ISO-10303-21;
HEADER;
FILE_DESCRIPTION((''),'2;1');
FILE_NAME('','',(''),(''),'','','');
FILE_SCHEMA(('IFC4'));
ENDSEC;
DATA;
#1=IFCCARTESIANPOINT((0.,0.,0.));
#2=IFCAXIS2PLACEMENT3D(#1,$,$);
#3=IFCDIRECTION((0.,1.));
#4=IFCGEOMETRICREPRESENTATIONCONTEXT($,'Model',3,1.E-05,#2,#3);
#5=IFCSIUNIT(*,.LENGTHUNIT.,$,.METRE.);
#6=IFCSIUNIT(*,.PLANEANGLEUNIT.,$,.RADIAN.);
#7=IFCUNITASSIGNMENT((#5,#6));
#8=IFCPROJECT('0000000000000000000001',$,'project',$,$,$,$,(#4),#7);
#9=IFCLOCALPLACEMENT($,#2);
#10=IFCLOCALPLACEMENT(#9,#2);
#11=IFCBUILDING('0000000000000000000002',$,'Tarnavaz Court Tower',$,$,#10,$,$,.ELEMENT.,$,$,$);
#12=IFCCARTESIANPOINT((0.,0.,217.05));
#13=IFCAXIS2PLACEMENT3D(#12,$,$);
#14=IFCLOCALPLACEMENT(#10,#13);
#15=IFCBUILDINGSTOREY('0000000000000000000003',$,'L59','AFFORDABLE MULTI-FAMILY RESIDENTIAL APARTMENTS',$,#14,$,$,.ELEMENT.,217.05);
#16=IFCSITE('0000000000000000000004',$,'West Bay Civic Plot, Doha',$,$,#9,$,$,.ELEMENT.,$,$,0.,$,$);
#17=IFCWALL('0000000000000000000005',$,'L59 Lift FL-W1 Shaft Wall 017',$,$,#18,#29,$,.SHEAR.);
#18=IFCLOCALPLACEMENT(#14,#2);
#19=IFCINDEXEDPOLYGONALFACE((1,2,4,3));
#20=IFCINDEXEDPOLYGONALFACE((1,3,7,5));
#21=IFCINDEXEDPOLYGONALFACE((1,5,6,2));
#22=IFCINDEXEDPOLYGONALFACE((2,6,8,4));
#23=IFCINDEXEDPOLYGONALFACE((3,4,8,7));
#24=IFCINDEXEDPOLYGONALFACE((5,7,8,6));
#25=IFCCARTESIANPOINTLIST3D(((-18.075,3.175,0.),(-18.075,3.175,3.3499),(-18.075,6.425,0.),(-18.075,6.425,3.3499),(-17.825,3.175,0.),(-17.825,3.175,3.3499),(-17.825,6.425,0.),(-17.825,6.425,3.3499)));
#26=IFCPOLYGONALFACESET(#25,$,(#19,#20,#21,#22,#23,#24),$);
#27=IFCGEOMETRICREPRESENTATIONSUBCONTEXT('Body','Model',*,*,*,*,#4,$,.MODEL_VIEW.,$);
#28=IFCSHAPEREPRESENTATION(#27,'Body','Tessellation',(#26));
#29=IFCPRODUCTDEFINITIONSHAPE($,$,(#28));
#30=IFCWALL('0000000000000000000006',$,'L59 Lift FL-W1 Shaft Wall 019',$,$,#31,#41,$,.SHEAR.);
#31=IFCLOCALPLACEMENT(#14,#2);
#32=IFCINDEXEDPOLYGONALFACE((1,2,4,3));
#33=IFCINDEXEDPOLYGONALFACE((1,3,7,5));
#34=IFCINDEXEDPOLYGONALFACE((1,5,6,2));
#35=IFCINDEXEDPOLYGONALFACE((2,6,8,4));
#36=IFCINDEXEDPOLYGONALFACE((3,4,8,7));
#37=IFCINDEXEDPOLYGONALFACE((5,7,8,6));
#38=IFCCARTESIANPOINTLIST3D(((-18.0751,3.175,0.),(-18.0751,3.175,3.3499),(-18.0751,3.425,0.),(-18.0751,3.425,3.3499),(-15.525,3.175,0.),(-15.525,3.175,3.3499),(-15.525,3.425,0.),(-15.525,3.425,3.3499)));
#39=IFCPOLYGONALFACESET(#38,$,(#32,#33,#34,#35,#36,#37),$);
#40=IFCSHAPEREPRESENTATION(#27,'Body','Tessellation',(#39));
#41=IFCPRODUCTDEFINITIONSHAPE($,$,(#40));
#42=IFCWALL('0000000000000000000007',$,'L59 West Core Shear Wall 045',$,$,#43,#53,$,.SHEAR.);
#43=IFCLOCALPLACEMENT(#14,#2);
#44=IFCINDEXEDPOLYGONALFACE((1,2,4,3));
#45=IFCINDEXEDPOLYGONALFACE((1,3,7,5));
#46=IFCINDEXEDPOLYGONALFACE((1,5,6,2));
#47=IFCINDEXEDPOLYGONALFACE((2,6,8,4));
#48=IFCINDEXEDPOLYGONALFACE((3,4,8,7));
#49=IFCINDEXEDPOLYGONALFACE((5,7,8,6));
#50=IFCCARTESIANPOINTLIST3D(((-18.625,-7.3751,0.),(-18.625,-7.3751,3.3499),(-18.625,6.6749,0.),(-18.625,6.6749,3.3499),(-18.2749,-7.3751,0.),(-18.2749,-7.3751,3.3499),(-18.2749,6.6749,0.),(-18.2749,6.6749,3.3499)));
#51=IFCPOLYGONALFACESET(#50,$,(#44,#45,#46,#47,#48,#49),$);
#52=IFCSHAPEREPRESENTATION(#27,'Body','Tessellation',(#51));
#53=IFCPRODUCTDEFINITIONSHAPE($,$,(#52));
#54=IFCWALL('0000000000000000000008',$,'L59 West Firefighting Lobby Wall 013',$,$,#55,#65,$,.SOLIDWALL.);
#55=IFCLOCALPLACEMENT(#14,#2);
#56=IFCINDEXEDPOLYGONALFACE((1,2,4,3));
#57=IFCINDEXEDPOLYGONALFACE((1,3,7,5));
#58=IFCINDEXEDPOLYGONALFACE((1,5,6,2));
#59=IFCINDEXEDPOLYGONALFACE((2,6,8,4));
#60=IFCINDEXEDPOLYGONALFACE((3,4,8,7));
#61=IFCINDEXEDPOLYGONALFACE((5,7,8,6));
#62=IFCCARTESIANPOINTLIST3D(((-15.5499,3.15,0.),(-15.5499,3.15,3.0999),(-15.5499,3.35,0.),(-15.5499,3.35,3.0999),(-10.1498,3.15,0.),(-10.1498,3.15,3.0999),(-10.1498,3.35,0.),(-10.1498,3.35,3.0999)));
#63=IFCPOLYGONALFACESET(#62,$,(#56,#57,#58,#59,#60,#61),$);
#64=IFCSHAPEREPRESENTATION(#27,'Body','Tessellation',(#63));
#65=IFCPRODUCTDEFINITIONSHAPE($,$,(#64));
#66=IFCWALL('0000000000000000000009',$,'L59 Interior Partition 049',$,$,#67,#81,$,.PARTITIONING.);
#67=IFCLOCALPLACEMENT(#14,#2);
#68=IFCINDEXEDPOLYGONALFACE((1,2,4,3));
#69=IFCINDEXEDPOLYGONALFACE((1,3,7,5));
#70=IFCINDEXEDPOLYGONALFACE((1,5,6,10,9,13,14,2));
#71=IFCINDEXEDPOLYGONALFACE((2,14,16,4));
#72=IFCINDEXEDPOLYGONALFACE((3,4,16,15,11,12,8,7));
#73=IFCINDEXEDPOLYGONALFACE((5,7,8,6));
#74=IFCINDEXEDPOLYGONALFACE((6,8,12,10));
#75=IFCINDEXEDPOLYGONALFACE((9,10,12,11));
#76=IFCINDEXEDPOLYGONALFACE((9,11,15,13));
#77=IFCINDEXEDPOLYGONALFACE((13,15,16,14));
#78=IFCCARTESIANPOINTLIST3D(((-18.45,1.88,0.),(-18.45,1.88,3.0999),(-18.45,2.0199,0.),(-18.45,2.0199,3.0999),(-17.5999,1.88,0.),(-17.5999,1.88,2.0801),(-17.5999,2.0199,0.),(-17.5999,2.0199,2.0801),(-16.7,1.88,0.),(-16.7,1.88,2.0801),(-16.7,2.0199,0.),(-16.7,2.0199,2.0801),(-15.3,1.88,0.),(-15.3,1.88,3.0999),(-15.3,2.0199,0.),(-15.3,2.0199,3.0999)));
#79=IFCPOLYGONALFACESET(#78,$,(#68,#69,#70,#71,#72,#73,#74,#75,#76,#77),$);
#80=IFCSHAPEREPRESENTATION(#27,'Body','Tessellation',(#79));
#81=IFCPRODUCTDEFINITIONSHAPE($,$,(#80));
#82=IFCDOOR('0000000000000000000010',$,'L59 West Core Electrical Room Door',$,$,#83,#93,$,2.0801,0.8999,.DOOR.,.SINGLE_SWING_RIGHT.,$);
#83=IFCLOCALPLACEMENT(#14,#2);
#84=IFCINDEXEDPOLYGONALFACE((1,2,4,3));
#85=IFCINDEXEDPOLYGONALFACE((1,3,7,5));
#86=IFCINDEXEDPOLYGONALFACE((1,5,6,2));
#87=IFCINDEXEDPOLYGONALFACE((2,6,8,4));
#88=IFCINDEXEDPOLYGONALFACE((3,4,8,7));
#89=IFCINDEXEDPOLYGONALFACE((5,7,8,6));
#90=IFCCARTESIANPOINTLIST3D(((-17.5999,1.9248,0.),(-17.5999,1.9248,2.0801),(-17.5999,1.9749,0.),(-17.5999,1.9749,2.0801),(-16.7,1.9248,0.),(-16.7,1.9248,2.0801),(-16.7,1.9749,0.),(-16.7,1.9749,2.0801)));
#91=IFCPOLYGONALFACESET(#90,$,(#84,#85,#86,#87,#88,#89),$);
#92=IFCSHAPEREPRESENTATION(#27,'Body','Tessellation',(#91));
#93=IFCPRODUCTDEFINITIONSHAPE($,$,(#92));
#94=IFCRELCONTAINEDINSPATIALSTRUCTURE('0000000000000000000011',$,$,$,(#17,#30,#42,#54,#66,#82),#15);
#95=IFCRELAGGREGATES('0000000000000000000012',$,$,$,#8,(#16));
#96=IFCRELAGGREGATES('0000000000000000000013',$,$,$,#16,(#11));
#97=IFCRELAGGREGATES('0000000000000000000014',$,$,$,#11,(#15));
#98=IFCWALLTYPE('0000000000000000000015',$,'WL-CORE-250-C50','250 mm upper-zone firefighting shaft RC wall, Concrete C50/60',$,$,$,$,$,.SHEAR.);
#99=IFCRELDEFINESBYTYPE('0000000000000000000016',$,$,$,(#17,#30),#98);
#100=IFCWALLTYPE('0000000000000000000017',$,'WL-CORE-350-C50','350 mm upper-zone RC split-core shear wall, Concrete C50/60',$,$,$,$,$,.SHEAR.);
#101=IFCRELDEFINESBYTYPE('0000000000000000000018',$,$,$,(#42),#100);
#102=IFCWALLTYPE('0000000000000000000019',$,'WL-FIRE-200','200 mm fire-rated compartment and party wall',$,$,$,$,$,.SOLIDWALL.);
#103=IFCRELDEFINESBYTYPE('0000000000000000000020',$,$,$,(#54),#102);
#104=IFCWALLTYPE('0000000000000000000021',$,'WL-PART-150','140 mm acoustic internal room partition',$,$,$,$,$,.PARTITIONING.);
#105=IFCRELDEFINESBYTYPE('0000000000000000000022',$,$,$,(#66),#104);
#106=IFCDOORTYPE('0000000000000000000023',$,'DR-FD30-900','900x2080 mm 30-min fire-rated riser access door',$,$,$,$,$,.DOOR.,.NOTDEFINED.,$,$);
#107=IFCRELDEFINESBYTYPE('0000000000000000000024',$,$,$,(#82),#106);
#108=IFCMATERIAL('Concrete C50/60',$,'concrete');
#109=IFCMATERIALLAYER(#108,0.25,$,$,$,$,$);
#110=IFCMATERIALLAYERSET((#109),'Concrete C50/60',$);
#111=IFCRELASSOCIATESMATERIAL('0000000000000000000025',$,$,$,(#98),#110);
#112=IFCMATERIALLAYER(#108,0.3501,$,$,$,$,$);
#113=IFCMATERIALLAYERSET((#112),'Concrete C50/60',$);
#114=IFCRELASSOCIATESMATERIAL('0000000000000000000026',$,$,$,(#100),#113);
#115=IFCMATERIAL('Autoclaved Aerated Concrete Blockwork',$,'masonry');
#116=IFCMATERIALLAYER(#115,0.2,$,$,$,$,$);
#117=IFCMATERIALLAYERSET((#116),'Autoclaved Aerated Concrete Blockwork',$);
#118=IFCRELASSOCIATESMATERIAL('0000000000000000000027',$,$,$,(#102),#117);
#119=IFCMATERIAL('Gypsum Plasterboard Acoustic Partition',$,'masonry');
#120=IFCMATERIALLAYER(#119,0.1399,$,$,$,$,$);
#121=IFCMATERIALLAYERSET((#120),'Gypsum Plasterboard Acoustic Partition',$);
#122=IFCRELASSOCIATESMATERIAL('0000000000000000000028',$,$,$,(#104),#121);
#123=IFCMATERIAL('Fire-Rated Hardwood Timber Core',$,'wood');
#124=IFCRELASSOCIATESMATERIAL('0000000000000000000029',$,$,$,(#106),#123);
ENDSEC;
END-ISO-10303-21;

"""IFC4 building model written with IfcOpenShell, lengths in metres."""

from ifc_helpers import new_model, si_unit, direction, frame, frame_2d, origin, place, context, subcontext, project, spatial, rectangle, extrude, material, layer, layer_set, type_object, element, fill, save


model = new_model("IFC4")

# Units and contexts
model_context = context("Model", 3, precision=1e-05, world=origin(), true_north=direction((0.0, 1.0)))
body_context = subcontext(model_context, "Body", "Model", "MODEL_VIEW")
ifc_project = project(units=[si_unit("LENGTHUNIT", "METRE"), si_unit("PLANEANGLEUNIT", "RADIAN")], contexts=[model_context])

# Site, building, storey
site_placement = place(None, origin())
site = spatial("IfcSite", under=ifc_project, at=site_placement, Name="West Bay Civic Plot, Doha", CompositionType="ELEMENT", RefElevation=0.0)
building_placement = place(site_placement, origin())
building = spatial("IfcBuilding", under=site, at=building_placement, Name="Tarnavaz Court Tower", CompositionType="ELEMENT")
storey_placement = place(building_placement, frame((0.0, 0.0, 217.05)))
storey = spatial("IfcBuildingStorey", under=building, at=storey_placement, Name="L59", Description="AFFORDABLE MULTI-FAMILY RESIDENTIAL APARTMENTS", CompositionType="ELEMENT", Elevation=217.05)

# Shared definitions
ifc_material_1 = material(Name="Concrete C50/60", Category="concrete")

# Wall
ifc_layer_1 = layer(ifc_material_1, 0.25)
ifc_layer_set_1 = layer_set([ifc_layer_1], Name="Concrete C50/60")
wall_type_1 = type_object("IfcWallType", Name="WL-CORE-250-C50", Description="250 mm upper-zone firefighting shaft RC wall, Concrete C50/60", PredefinedType="SHEAR", material=ifc_layer_set_1)
wall_1_placement = place(storey_placement, frame((-17.95, 3.175, 0.0), z_axis=(0.0, 0.0, 1.0), x_axis=(0.0, 1.0, 0.0)))
element("IfcWall", 1, at=wall_1_placement, inside=storey, type_object=wall_type_1, Name="L59 Lift FL-W1 Shaft Wall 017", PredefinedType="SHEAR", context=body_context, shape_type="SweptSolid", body=[
    extrude(rectangle(XDim=3.25, YDim=0.25, at=frame_2d((1.625, 0.0))), origin(), (0.0, 0.0, 1.0), 3.3499),
])

# Walls
wall_2_placement = place(storey_placement, frame((-18.075, 3.3, 0.0), z_axis=(0.0, 0.0, 1.0), x_axis=(1.0, 0.0, 0.0)))
element("IfcWall", 2, at=wall_2_placement, inside=storey, type_object=wall_type_1, Name="L59 Lift FL-W1 Shaft Wall 019", PredefinedType="SHEAR", context=body_context, shape_type="SweptSolid", body=[
    extrude(rectangle(XDim=2.55, YDim=0.25, at=frame_2d((1.2749, 0.0))), origin(), (0.0, 0.0, 1.0), 3.3499),
])
ifc_layer_2 = layer(ifc_material_1, 0.3501)
ifc_layer_set_2 = layer_set([ifc_layer_2], Name="Concrete C50/60")
wall_type_2 = type_object("IfcWallType", Name="WL-CORE-350-C50", Description="350 mm upper-zone RC split-core shear wall, Concrete C50/60", PredefinedType="SHEAR", material=ifc_layer_set_2)
wall_3_placement = place(storey_placement, frame((-18.45, -7.375, 0.0), z_axis=(0.0, 0.0, 1.0), x_axis=(0.0, 1.0, 0.0)))
element("IfcWall", 3, at=wall_3_placement, inside=storey, type_object=wall_type_2, Name="L59 West Core Shear Wall 045", PredefinedType="SHEAR", context=body_context, shape_type="SweptSolid", body=[
    extrude(rectangle(XDim=14.05, YDim=0.3501, at=frame_2d((7.0249, 0.0))), origin(), (0.0, 0.0, 1.0), 3.3499),
])

# Shared definitions
ifc_material_2 = material(Name="Fire-Rated Hardwood Timber Core", Category="wood")

# Wall
ifc_material_3 = material(Name="Autoclaved Aerated Concrete Blockwork", Category="masonry")
ifc_layer_3 = layer(ifc_material_3, 0.2)
ifc_layer_set_3 = layer_set([ifc_layer_3], Name="Autoclaved Aerated Concrete Blockwork")
wall_type_3 = type_object("IfcWallType", Name="WL-FIRE-200", Description="200 mm fire-rated compartment and party wall", PredefinedType="SOLIDWALL", material=ifc_layer_set_3)
wall_4_placement = place(storey_placement, frame((-15.55, 3.25, 0.0), z_axis=(0.0, 0.0, 1.0), x_axis=(1.0, 0.0, 0.0)))
element("IfcWall", 4, at=wall_4_placement, inside=storey, type_object=wall_type_3, Name="L59 West Firefighting Lobby Wall 013", PredefinedType="SOLIDWALL", context=body_context, shape_type="SweptSolid", body=[
    extrude(rectangle(XDim=5.4001, YDim=0.2, at=frame_2d((2.7002, 0.0))), origin(), (0.0, 0.0, 1.0), 3.0999),
])

# Wall, opening, door
ifc_material_4 = material(Name="Gypsum Plasterboard Acoustic Partition", Category="masonry")
ifc_layer_4 = layer(ifc_material_4, 0.1399)
ifc_layer_set_4 = layer_set([ifc_layer_4], Name="Gypsum Plasterboard Acoustic Partition")
wall_type_4 = type_object("IfcWallType", Name="WL-PART-150", Description="140 mm acoustic internal room partition", PredefinedType="PARTITIONING", material=ifc_layer_set_4)
wall_5_placement = place(storey_placement, frame((-18.45, 1.95, 0.0), z_axis=(0.0, 0.0, 1.0), x_axis=(1.0, 0.0, 0.0)))
wall_5 = element("IfcWall", 5, at=wall_5_placement, inside=storey, type_object=wall_type_4, Name="L59 Interior Partition 049", PredefinedType="PARTITIONING", context=body_context, shape_type="SweptSolid", body=[
    extrude(rectangle(XDim=3.1499, YDim=0.1399, at=frame_2d((1.575, 0.0))), origin(), (0.0, 0.0, 1.0), 3.0999),
])
opening_1_placement = place(wall_5_placement, frame((0.8501, 0.0, 0.0)))
opening_1 = element("IfcOpeningElement", 6, at=opening_1_placement, cuts=wall_5, PredefinedType="OPENING", context=body_context, shape_type="SweptSolid", body=[
    extrude(rectangle(XDim=0.8999, YDim=2.0801, at=frame_2d((0.45, 1.04))), frame((0.0, 0.0798, 0.0), z_axis=(0.0, -1.0, 0.0), x_axis=(1.0, 0.0, 0.0)), (0.0, 0.0, 1.0), 0.1599),
])
door_type_1 = type_object("IfcDoorType", Name="DR-FD30-900", Description="900x2080 mm 30-min fire-rated riser access door", OperationType="NOTDEFINED", PredefinedType="DOOR", material=ifc_material_2)
door_1_placement = place(opening_1_placement, origin())
door_1 = element("IfcDoor", 7, at=door_1_placement, inside=storey, type_object=door_type_1, Name="L59 West Core Electrical Room Door", OperationType="SINGLE_SWING_RIGHT", OverallHeight=2.0801, OverallWidth=0.8999, PredefinedType="DOOR", context=body_context, shape_type="SweptSolid", body=[
    extrude(rectangle(XDim=0.8999, YDim=2.0801, at=frame_2d((0.45, 1.04))), frame((0.0, 0.0249, 0.0), z_axis=(0.0, -1.0, 0.0), x_axis=(1.0, 0.0, 0.0)), (0.0, 0.0, 1.0), 0.05),
])
fill(opening_1, door_1)

save(model, "model.ifc")
